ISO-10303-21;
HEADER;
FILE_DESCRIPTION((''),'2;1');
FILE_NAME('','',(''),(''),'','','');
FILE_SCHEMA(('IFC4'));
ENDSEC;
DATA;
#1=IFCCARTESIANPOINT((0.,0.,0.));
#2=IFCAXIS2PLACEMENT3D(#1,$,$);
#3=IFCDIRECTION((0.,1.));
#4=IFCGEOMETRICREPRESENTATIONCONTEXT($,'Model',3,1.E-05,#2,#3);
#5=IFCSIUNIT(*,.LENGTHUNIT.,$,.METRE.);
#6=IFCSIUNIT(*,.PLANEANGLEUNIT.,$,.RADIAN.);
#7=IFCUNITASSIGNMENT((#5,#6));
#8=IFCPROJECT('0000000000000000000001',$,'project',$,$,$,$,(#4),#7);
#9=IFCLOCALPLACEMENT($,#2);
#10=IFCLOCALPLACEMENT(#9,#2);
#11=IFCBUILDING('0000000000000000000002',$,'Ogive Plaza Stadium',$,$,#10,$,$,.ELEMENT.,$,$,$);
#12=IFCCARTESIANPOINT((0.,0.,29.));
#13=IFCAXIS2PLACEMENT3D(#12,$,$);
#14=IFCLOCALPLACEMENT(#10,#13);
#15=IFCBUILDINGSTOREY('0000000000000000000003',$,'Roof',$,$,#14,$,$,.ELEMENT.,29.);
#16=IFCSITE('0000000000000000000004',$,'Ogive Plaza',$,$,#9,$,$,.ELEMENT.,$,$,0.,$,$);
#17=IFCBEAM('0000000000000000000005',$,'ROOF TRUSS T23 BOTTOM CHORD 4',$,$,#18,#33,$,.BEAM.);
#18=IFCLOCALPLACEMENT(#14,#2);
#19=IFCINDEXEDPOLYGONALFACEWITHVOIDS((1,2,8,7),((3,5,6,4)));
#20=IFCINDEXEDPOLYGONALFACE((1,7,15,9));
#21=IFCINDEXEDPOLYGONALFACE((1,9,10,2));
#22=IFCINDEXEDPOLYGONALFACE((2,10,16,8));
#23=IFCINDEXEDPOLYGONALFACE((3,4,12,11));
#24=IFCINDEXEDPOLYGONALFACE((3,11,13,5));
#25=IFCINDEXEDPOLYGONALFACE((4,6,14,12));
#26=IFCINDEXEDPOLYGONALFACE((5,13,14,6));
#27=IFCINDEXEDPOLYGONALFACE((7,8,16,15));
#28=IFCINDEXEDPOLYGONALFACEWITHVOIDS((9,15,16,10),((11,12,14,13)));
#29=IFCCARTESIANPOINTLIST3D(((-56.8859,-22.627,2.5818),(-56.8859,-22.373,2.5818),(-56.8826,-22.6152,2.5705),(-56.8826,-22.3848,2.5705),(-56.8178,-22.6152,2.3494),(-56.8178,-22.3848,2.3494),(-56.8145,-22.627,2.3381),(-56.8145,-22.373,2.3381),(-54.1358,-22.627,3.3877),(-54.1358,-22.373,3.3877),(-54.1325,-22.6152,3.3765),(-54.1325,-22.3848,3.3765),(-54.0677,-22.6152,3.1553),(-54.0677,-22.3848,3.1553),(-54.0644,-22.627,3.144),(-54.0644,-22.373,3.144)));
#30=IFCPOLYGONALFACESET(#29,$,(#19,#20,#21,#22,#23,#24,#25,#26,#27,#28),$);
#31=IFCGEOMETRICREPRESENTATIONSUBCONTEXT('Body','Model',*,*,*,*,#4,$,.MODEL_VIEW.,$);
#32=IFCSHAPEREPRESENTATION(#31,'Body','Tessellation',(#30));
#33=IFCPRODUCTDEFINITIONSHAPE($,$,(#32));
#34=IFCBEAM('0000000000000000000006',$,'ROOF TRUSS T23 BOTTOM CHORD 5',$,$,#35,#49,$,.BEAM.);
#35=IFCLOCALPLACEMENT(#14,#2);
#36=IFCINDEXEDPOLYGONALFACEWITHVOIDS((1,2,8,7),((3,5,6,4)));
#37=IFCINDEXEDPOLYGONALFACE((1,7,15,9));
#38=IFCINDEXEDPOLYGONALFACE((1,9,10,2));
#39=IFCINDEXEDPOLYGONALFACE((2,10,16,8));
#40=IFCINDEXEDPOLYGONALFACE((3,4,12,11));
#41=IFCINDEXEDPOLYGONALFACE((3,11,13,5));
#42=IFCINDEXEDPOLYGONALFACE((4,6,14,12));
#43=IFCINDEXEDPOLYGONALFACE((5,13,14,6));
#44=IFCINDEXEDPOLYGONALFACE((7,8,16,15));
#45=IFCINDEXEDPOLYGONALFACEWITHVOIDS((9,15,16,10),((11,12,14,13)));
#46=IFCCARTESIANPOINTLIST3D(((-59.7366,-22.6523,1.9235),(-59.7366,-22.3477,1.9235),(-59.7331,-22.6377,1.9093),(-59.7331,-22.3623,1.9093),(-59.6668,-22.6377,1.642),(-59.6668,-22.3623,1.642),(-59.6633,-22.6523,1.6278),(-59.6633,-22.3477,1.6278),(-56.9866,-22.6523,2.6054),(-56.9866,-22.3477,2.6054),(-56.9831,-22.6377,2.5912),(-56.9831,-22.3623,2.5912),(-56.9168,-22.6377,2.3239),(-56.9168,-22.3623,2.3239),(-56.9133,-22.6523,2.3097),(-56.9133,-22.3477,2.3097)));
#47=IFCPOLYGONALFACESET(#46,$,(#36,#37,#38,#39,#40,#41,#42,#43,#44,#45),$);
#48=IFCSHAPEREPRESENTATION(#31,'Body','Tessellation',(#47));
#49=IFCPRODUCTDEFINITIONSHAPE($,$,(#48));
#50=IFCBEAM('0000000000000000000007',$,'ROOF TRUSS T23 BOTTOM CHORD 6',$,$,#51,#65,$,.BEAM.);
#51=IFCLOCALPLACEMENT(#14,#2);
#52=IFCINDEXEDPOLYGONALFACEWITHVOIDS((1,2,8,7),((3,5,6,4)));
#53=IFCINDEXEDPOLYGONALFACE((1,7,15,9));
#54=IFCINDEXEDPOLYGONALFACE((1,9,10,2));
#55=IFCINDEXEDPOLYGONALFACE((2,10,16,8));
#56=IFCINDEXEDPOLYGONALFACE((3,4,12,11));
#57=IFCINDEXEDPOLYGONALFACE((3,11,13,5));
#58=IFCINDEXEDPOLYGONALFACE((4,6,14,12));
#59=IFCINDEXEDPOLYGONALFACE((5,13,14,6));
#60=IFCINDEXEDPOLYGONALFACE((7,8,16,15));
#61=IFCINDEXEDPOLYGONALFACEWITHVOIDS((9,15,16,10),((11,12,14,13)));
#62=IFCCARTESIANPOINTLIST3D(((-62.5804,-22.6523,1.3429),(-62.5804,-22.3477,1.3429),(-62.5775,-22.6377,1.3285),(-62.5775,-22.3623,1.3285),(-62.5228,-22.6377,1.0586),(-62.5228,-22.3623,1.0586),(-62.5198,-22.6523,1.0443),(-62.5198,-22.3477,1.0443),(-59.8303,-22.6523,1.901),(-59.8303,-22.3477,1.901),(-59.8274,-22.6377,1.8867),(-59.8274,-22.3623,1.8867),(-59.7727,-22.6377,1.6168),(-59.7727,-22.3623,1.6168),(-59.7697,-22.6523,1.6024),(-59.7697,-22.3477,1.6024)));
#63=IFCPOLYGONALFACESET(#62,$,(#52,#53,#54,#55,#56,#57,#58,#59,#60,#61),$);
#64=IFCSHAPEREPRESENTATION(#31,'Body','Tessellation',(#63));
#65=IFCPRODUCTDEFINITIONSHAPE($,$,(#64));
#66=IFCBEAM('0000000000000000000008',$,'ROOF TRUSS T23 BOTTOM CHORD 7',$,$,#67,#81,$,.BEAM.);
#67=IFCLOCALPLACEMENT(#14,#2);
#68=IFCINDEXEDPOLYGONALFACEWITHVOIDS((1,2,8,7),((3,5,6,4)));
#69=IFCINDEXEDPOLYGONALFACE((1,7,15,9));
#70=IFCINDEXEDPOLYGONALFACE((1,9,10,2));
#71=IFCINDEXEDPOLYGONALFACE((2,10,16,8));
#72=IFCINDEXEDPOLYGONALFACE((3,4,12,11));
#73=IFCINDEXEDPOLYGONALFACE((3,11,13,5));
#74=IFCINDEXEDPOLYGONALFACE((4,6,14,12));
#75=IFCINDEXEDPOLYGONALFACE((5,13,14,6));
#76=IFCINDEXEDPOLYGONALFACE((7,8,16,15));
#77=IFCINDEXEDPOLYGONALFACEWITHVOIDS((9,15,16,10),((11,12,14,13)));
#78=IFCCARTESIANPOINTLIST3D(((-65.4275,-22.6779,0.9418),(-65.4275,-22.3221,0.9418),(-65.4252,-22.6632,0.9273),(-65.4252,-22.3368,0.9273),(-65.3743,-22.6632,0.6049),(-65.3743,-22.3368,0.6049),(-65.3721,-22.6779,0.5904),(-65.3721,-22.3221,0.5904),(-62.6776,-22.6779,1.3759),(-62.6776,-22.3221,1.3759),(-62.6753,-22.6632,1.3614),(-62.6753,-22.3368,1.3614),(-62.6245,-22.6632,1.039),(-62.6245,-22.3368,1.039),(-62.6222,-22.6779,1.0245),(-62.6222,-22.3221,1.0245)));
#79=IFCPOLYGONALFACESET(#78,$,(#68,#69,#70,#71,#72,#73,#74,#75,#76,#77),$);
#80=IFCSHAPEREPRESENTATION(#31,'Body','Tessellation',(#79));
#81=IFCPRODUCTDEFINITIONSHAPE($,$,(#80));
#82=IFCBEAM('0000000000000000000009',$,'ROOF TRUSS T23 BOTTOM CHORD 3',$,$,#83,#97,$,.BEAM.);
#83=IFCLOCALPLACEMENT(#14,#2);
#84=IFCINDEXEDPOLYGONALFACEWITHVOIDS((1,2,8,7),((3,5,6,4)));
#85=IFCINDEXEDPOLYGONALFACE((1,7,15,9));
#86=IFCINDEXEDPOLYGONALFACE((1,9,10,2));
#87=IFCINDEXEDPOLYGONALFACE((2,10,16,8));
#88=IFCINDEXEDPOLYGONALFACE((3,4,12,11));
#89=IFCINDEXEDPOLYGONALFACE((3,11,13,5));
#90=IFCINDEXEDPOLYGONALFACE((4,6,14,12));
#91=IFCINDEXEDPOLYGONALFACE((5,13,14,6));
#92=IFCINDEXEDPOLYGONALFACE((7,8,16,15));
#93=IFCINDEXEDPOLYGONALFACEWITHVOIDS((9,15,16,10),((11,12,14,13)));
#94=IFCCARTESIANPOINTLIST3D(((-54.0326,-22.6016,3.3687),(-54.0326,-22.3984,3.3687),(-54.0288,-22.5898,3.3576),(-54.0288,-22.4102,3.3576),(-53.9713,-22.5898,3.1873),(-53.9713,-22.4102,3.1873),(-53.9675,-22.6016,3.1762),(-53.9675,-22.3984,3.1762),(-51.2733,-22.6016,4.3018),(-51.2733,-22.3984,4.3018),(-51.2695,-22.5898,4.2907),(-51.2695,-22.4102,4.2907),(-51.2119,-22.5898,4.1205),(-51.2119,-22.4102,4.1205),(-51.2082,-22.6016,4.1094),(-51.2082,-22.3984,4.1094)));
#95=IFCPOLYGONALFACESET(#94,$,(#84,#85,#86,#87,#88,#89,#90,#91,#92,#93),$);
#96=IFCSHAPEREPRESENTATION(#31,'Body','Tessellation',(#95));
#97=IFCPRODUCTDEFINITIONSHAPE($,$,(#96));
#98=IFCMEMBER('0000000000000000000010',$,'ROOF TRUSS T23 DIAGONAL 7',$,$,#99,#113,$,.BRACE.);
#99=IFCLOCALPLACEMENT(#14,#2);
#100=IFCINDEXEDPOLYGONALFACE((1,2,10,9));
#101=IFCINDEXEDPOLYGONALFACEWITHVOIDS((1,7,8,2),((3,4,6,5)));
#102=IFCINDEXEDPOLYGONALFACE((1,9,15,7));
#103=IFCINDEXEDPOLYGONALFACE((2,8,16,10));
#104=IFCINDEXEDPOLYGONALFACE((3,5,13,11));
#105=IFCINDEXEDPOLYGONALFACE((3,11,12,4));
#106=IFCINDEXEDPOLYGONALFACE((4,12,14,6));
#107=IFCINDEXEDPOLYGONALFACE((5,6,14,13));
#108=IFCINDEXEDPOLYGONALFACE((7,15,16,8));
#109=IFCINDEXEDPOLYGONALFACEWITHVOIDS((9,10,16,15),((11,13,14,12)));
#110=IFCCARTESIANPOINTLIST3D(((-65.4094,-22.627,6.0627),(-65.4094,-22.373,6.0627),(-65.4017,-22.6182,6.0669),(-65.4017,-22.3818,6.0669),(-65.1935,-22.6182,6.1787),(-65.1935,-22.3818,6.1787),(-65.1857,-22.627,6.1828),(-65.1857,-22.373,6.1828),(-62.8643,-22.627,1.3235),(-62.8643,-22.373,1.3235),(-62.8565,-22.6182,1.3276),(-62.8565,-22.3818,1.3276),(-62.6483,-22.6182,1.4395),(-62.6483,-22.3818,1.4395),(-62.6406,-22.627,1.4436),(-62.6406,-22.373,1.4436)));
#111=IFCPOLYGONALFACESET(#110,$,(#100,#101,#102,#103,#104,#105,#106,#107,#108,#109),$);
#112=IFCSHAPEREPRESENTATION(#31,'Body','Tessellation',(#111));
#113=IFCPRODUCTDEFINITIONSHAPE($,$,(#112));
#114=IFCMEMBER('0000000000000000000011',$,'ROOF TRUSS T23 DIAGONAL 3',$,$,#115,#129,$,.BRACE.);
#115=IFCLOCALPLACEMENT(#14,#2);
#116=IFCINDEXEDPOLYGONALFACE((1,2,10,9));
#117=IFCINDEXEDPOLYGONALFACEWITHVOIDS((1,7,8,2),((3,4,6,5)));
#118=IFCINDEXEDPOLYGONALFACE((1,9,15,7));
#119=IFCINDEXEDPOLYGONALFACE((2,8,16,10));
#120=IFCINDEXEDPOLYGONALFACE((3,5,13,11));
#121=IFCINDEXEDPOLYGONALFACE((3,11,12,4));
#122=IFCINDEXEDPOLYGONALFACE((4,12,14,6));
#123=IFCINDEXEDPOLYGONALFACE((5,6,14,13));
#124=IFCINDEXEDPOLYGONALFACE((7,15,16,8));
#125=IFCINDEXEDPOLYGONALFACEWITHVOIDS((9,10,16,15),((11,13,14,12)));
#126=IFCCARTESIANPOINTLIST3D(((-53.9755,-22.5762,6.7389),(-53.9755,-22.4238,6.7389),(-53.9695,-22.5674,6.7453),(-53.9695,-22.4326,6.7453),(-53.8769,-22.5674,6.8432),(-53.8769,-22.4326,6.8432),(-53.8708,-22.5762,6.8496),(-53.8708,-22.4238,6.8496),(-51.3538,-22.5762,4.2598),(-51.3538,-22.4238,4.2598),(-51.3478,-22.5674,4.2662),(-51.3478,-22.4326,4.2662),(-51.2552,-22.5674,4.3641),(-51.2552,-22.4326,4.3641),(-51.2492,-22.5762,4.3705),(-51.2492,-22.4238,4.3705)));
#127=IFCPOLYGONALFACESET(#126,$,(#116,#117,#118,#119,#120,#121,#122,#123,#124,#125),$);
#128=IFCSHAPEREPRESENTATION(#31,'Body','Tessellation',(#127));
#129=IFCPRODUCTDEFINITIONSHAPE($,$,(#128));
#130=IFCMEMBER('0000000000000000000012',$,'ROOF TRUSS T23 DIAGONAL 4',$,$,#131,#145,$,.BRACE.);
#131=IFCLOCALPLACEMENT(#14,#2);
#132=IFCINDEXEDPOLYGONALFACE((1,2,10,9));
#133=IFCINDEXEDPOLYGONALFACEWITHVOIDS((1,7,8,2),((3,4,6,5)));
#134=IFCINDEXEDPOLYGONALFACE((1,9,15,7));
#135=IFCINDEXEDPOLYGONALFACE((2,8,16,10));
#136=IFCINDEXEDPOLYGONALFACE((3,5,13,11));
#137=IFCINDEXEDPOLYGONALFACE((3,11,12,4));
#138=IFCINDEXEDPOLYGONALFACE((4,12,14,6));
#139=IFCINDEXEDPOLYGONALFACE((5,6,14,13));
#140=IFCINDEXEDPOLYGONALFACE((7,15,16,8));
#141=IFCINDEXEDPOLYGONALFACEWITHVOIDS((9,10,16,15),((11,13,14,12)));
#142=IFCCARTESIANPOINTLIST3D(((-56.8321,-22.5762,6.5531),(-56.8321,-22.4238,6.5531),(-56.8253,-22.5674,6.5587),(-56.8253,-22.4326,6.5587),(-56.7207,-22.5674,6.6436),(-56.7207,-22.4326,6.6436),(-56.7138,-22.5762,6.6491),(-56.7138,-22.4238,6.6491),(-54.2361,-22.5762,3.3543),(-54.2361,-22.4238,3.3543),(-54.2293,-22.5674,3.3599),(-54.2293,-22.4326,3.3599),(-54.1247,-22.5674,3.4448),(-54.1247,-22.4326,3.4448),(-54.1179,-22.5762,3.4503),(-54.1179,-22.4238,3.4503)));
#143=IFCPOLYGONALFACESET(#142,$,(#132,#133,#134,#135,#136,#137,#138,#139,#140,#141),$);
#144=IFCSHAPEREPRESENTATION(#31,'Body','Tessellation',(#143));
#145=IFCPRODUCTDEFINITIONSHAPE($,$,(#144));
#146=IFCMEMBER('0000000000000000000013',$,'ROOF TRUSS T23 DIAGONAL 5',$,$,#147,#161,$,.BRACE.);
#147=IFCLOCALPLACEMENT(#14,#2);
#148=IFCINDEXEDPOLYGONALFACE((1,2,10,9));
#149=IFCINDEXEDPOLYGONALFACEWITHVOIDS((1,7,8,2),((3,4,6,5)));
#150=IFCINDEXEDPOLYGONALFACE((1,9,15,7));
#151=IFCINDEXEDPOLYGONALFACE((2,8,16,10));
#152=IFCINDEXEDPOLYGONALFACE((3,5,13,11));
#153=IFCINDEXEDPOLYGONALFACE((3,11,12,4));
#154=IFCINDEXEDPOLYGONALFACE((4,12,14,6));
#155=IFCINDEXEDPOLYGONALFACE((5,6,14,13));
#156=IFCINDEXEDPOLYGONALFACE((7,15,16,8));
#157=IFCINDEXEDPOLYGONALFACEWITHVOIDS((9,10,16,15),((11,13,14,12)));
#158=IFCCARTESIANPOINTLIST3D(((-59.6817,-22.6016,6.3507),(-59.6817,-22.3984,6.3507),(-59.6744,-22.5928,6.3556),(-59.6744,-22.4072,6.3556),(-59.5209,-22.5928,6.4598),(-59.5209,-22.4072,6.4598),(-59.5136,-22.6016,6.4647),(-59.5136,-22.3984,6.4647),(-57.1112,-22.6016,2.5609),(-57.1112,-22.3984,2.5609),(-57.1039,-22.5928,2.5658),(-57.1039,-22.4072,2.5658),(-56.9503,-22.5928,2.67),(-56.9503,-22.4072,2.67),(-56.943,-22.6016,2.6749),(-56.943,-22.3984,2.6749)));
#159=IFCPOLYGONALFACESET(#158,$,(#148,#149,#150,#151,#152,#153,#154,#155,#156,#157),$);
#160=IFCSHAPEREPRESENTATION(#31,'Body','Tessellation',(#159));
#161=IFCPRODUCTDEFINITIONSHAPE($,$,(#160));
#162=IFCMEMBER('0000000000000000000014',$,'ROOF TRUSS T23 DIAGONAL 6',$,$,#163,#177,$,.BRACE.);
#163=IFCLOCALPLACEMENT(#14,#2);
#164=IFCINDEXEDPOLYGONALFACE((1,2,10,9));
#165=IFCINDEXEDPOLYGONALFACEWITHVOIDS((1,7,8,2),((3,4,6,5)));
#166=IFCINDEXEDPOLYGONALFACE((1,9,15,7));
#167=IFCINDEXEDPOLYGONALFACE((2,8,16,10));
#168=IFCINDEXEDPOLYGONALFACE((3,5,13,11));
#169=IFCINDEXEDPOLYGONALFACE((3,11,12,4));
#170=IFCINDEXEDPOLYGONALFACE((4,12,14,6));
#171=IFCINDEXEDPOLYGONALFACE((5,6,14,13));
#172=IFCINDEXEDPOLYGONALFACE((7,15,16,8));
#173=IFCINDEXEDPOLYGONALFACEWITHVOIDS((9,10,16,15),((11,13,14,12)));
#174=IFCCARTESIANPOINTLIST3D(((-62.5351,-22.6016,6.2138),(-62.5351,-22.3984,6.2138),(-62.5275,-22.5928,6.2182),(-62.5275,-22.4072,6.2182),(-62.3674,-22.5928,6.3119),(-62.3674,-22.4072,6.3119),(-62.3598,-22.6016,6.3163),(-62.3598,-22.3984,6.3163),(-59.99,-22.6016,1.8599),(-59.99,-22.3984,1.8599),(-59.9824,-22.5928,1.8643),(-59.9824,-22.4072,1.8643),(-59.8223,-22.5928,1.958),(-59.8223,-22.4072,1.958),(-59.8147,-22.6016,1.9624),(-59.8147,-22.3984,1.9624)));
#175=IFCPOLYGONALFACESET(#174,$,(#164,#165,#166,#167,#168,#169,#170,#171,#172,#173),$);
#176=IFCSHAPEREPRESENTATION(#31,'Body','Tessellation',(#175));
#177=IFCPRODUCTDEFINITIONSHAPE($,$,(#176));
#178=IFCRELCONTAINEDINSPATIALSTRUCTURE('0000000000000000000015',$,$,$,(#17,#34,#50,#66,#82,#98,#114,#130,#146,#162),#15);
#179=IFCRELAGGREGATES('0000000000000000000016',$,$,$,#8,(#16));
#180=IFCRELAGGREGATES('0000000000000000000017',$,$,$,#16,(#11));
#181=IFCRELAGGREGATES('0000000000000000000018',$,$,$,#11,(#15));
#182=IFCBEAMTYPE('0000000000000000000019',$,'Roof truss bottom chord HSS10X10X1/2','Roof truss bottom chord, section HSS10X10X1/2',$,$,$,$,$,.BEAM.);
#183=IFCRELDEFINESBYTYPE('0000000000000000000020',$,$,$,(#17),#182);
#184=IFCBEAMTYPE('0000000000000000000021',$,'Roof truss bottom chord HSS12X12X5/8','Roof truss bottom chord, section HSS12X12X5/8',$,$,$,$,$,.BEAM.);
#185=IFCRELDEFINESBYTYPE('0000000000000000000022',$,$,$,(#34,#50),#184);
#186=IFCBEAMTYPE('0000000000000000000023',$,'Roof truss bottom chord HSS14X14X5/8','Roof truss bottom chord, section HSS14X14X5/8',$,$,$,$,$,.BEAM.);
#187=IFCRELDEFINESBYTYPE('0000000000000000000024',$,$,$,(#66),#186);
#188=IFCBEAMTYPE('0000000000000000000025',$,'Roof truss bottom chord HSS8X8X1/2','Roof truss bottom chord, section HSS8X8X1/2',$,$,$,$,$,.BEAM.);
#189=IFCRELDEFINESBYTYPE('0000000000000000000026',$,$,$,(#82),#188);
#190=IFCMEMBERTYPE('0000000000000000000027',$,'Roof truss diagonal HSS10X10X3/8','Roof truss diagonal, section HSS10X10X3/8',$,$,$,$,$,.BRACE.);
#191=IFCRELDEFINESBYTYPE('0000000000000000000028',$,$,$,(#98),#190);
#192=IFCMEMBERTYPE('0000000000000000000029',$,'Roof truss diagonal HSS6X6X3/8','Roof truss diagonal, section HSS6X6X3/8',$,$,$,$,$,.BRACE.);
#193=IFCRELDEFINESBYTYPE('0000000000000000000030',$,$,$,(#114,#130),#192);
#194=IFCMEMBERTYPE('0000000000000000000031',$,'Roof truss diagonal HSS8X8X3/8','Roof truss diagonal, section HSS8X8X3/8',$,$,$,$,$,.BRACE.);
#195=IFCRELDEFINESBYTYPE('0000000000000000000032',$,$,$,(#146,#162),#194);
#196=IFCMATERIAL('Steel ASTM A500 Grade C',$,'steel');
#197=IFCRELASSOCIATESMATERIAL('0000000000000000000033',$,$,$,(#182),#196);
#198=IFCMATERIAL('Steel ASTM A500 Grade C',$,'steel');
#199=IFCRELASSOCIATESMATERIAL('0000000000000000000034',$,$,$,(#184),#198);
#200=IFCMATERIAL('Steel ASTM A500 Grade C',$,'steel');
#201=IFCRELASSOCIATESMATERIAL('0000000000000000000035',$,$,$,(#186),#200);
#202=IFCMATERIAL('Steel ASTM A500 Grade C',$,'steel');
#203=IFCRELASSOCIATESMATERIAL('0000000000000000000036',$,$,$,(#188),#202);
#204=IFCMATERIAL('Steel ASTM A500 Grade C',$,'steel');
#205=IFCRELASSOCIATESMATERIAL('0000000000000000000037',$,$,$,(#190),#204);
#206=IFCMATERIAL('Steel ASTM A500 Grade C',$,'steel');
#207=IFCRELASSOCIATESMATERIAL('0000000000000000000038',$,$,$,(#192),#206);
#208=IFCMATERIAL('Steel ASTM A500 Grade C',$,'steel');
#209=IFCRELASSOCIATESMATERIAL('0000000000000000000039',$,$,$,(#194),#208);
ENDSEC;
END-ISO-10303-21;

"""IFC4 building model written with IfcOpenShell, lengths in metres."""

from ifc_helpers import new_model, si_unit, direction, frame, origin, origin_2d, place, context, subcontext, project, spatial, hollow_rectangle, extrude, material, material_profile, profile_set, type_object, element, save


model = new_model("IFC4")

# Units and contexts
model_context = context("Model", 3, precision=1e-05, world=origin(), true_north=direction((0.0, 1.0)))
body_context = subcontext(model_context, "Body", "Model", "MODEL_VIEW")
ifc_project = project(units=[si_unit("LENGTHUNIT", "METRE"), si_unit("PLANEANGLEUNIT", "RADIAN")], contexts=[model_context])

# Site, building, storey
site_placement = place(None, origin())
site = spatial("IfcSite", under=ifc_project, at=site_placement, Name="Ogive Plaza", CompositionType="ELEMENT", RefElevation=0.0)
building_placement = place(site_placement, origin())
building = spatial("IfcBuilding", under=site, at=building_placement, Name="Ogive Plaza Stadium", CompositionType="ELEMENT")
storey_placement = place(building_placement, frame((0.0, 0.0, 29.0)))
storey = spatial("IfcBuildingStorey", under=building, at=storey_placement, Name="Roof", CompositionType="ELEMENT", Elevation=29.0)

# Beams
ifc_material_1 = material(Name="Steel ASTM A500 Grade C", Category="steel")
ifc_material_profile_1 = material_profile(ifc_material_1, hollow_rectangle(XDim=0.2539, YDim=0.2539, WallThickness=0.0117, at=origin_2d()), Name="HSS10X10X1/2")
ifc_profile_set_1 = profile_set([ifc_material_profile_1], Name="Steel ASTM A500 Grade C")
beam_type_1 = type_object("IfcBeamType", Name="Roof truss bottom chord HSS10X10X1/2", Description="Roof truss bottom chord, section HSS10X10X1/2", PredefinedType="BEAM", material=ifc_profile_set_1)
beam_1_placement = place(storey_placement, frame((-54.1001, -22.5, 3.2659), z_axis=(-0.95964, 0.0, -0.28123), x_axis=(0.0, -1.0, 0.0)))
element("IfcBeam", 1, at=beam_1_placement, inside=storey, type_object=beam_type_1, Name="ROOF TRUSS T23 BOTTOM CHORD 4", PredefinedType="BEAM", context=body_context, shape_type="SweptSolid", body=[
    extrude(hollow_rectangle(XDim=0.2539, YDim=0.2539, WallThickness=0.0117, at=origin_2d()), origin(), (0.0, 0.0, 1.0), 2.8657),
])
ifc_material_2 = material(Name="Steel ASTM A500 Grade C", Category="steel")
ifc_material_profile_2 = material_profile(ifc_material_2, hollow_rectangle(XDim=0.3047, YDim=0.3047, WallThickness=0.0146, at=origin_2d()), Name="HSS12X12X5/8")
ifc_profile_set_2 = profile_set([ifc_material_profile_2], Name="Steel ASTM A500 Grade C")
beam_type_2 = type_object("IfcBeamType", Name="Roof truss bottom chord HSS12X12X5/8", Description="Roof truss bottom chord, section HSS12X12X5/8", PredefinedType="BEAM", material=ifc_profile_set_2)
beam_2_placement = place(storey_placement, frame((-56.95, -22.5, 2.4575), z_axis=(-0.970607, 0.0, -0.24067), x_axis=(0.0, -1.0, 0.0)))
element("IfcBeam", 2, at=beam_2_placement, inside=storey, type_object=beam_type_2, Name="ROOF TRUSS T23 BOTTOM CHORD 5", PredefinedType="BEAM", context=body_context, shape_type="SweptSolid", body=[
    extrude(hollow_rectangle(XDim=0.3047, YDim=0.3047, WallThickness=0.0146, at=origin_2d()), origin(), (0.0, 0.0, 1.0), 2.8333),
])
beam_3_placement = place(storey_placement, frame((-59.8, -22.5, 1.7517), z_axis=(-0.980021, 0.0, -0.198893), x_axis=(0.0, -1.0, 0.0)))
element("IfcBeam", 3, at=beam_3_placement, inside=storey, type_object=beam_type_2, Name="ROOF TRUSS T23 BOTTOM CHORD 6", PredefinedType="BEAM", context=body_context, shape_type="SweptSolid", body=[
    extrude(hollow_rectangle(XDim=0.3047, YDim=0.3047, WallThickness=0.0146, at=origin_2d()), origin(), (0.0, 0.0, 1.0), 2.8062),
])
ifc_material_3 = material(Name="Steel ASTM A500 Grade C", Category="steel")
ifc_material_profile_3 = material_profile(ifc_material_3, hollow_rectangle(XDim=0.3557, YDim=0.3557, WallThickness=0.0146, at=origin_2d()), Name="HSS14X14X5/8")
ifc_profile_set_3 = profile_set([ifc_material_profile_3], Name="Steel ASTM A500 Grade C")
beam_type_3 = type_object("IfcBeamType", Name="Roof truss bottom chord HSS14X14X5/8", Description="Roof truss bottom chord, section HSS14X14X5/8", PredefinedType="BEAM", material=ifc_profile_set_3)
beam_4_placement = place(storey_placement, frame((-62.6499, -22.5, 1.2002), z_axis=(-0.98777, 0.0, -0.155918), x_axis=(0.0, -1.0, 0.0)))
element("IfcBeam", 4, at=beam_4_placement, inside=storey, type_object=beam_type_3, Name="ROOF TRUSS T23 BOTTOM CHORD 7", PredefinedType="BEAM", context=body_context, shape_type="SweptSolid", body=[
    extrude(hollow_rectangle(XDim=0.3557, YDim=0.3557, WallThickness=0.0146, at=origin_2d()), origin(), (0.0, 0.0, 1.0), 2.7839),
])
ifc_material_4 = material(Name="Steel ASTM A500 Grade C", Category="steel")
ifc_material_profile_4 = material_profile(ifc_material_4, hollow_rectangle(XDim=0.2031, YDim=0.2031, WallThickness=0.0117, at=origin_2d()), Name="HSS8X8X1/2")
ifc_profile_set_4 = profile_set([ifc_material_profile_4], Name="Steel ASTM A500 Grade C")
beam_type_4 = type_object("IfcBeamType", Name="Roof truss bottom chord HSS8X8X1/2", Description="Roof truss bottom chord, section HSS8X8X1/2", PredefinedType="BEAM", material=ifc_profile_set_4)
beam_5_placement = place(storey_placement, frame((-51.2407, -22.5, 4.2056), z_axis=(-0.9473, 0.0, -0.320349), x_axis=(0.0, -1.0, 0.0)))
element("IfcBeam", 5, at=beam_5_placement, inside=storey, type_object=beam_type_4, Name="ROOF TRUSS T23 BOTTOM CHORD 3", PredefinedType="BEAM", context=body_context, shape_type="SweptSolid", body=[
    extrude(hollow_rectangle(XDim=0.2031, YDim=0.2031, WallThickness=0.0117, at=origin_2d()), origin(), (0.0, 0.0, 1.0), 2.9128),
])

# Members
ifc_material_5 = material(Name="Steel ASTM A500 Grade C", Category="steel")
ifc_material_profile_5 = material_profile(ifc_material_5, hollow_rectangle(XDim=0.2539, YDim=0.2539, WallThickness=0.0088, at=origin_2d()), Name="HSS10X10X3/8")
ifc_profile_set_5 = profile_set([ifc_material_profile_5], Name="Steel ASTM A500 Grade C")
member_type_1 = type_object("IfcMemberType", Name="Roof truss diagonal HSS10X10X3/8", Description="Roof truss diagonal, section HSS10X10X3/8", PredefinedType="BRACE", material=ifc_profile_set_5)
member_1_placement = place(storey_placement, frame((-62.7524, -22.5, 1.3835), z_axis=(-0.473128, 0.0, 0.880994), x_axis=(0.0, -1.0, 0.0)))
element("IfcMember", 6, at=member_1_placement, inside=storey, type_object=member_type_1, Name="ROOF TRUSS T23 DIAGONAL 7", PredefinedType="BRACE", context=body_context, shape_type="SweptSolid", body=[
    extrude(hollow_rectangle(XDim=0.2539, YDim=0.2539, WallThickness=0.0088, at=origin_2d()), origin(), (0.0, 0.0, 1.0), 5.3794),
])
ifc_material_6 = material(Name="Steel ASTM A500 Grade C", Category="steel")
ifc_material_profile_6 = material_profile(ifc_material_6, hollow_rectangle(XDim=0.1523, YDim=0.1523, WallThickness=0.0088, at=origin_2d()), Name="HSS6X6X3/8")
ifc_profile_set_6 = profile_set([ifc_material_profile_6], Name="Steel ASTM A500 Grade C")
member_type_2 = type_object("IfcMemberType", Name="Roof truss diagonal HSS6X6X3/8", Description="Roof truss diagonal, section HSS6X6X3/8", PredefinedType="BRACE", material=ifc_profile_set_6)
member_2_placement = place(storey_placement, frame((-51.3015, -22.5, 4.3152), z_axis=(-0.726589, 0.0, 0.687072), x_axis=(0.0, -1.0, 0.0)))
element("IfcMember", 7, at=member_2_placement, inside=storey, type_object=member_type_2, Name="ROOF TRUSS T23 DIAGONAL 3", PredefinedType="BRACE", context=body_context, shape_type="SweptSolid", body=[
    extrude(hollow_rectangle(XDim=0.1523, YDim=0.1523, WallThickness=0.0088, at=origin_2d()), origin(), (0.0, 0.0, 1.0), 3.6082),
])
member_3_placement = place(storey_placement, frame((-54.177, -22.5, 3.4023), z_axis=(-0.630151, 0.0, 0.776473), x_axis=(0.0, -1.0, 0.0)))
element("IfcMember", 8, at=member_3_placement, inside=storey, type_object=member_type_2, Name="ROOF TRUSS T23 DIAGONAL 4", PredefinedType="BRACE", context=body_context, shape_type="SweptSolid", body=[
    extrude(hollow_rectangle(XDim=0.1523, YDim=0.1523, WallThickness=0.0088, at=origin_2d()), origin(), (0.0, 0.0, 1.0), 4.1196),
])
ifc_material_7 = material(Name="Steel ASTM A500 Grade C", Category="steel")
ifc_material_profile_7 = material_profile(ifc_material_7, hollow_rectangle(XDim=0.2031, YDim=0.2031, WallThickness=0.0088, at=origin_2d()), Name="HSS8X8X3/8")
ifc_profile_set_7 = profile_set([ifc_material_profile_7], Name="Steel ASTM A500 Grade C")
member_type_3 = type_object("IfcMemberType", Name="Roof truss diagonal HSS8X8X3/8", Description="Roof truss diagonal, section HSS8X8X3/8", PredefinedType="BRACE", material=ifc_profile_set_7)
member_4_placement = place(storey_placement, frame((-57.0271, -22.5, 2.6179), z_axis=(-0.561338, 0.0, 0.827586), x_axis=(0.0, -1.0, 0.0)))
element("IfcMember", 9, at=member_4_placement, inside=storey, type_object=member_type_3, Name="ROOF TRUSS T23 DIAGONAL 5", PredefinedType="BRACE", context=body_context, shape_type="SweptSolid", body=[
    extrude(hollow_rectangle(XDim=0.2031, YDim=0.2031, WallThickness=0.0088, at=origin_2d()), origin(), (0.0, 0.0, 1.0), 4.5793),
])
member_5_placement = place(storey_placement, frame((-59.9023, -22.5, 1.9111), z_axis=(-0.504659, 0.0, 0.863319), x_axis=(0.0, -1.0, 0.0)))
element("IfcMember", 10, at=member_5_placement, inside=storey, type_object=member_type_3, Name="ROOF TRUSS T23 DIAGONAL 6", PredefinedType="BRACE", context=body_context, shape_type="SweptSolid", body=[
    extrude(hollow_rectangle(XDim=0.2031, YDim=0.2031, WallThickness=0.0088, at=origin_2d()), origin(), (0.0, 0.0, 1.0), 5.0432),
])

save(model, "model.ifc")
